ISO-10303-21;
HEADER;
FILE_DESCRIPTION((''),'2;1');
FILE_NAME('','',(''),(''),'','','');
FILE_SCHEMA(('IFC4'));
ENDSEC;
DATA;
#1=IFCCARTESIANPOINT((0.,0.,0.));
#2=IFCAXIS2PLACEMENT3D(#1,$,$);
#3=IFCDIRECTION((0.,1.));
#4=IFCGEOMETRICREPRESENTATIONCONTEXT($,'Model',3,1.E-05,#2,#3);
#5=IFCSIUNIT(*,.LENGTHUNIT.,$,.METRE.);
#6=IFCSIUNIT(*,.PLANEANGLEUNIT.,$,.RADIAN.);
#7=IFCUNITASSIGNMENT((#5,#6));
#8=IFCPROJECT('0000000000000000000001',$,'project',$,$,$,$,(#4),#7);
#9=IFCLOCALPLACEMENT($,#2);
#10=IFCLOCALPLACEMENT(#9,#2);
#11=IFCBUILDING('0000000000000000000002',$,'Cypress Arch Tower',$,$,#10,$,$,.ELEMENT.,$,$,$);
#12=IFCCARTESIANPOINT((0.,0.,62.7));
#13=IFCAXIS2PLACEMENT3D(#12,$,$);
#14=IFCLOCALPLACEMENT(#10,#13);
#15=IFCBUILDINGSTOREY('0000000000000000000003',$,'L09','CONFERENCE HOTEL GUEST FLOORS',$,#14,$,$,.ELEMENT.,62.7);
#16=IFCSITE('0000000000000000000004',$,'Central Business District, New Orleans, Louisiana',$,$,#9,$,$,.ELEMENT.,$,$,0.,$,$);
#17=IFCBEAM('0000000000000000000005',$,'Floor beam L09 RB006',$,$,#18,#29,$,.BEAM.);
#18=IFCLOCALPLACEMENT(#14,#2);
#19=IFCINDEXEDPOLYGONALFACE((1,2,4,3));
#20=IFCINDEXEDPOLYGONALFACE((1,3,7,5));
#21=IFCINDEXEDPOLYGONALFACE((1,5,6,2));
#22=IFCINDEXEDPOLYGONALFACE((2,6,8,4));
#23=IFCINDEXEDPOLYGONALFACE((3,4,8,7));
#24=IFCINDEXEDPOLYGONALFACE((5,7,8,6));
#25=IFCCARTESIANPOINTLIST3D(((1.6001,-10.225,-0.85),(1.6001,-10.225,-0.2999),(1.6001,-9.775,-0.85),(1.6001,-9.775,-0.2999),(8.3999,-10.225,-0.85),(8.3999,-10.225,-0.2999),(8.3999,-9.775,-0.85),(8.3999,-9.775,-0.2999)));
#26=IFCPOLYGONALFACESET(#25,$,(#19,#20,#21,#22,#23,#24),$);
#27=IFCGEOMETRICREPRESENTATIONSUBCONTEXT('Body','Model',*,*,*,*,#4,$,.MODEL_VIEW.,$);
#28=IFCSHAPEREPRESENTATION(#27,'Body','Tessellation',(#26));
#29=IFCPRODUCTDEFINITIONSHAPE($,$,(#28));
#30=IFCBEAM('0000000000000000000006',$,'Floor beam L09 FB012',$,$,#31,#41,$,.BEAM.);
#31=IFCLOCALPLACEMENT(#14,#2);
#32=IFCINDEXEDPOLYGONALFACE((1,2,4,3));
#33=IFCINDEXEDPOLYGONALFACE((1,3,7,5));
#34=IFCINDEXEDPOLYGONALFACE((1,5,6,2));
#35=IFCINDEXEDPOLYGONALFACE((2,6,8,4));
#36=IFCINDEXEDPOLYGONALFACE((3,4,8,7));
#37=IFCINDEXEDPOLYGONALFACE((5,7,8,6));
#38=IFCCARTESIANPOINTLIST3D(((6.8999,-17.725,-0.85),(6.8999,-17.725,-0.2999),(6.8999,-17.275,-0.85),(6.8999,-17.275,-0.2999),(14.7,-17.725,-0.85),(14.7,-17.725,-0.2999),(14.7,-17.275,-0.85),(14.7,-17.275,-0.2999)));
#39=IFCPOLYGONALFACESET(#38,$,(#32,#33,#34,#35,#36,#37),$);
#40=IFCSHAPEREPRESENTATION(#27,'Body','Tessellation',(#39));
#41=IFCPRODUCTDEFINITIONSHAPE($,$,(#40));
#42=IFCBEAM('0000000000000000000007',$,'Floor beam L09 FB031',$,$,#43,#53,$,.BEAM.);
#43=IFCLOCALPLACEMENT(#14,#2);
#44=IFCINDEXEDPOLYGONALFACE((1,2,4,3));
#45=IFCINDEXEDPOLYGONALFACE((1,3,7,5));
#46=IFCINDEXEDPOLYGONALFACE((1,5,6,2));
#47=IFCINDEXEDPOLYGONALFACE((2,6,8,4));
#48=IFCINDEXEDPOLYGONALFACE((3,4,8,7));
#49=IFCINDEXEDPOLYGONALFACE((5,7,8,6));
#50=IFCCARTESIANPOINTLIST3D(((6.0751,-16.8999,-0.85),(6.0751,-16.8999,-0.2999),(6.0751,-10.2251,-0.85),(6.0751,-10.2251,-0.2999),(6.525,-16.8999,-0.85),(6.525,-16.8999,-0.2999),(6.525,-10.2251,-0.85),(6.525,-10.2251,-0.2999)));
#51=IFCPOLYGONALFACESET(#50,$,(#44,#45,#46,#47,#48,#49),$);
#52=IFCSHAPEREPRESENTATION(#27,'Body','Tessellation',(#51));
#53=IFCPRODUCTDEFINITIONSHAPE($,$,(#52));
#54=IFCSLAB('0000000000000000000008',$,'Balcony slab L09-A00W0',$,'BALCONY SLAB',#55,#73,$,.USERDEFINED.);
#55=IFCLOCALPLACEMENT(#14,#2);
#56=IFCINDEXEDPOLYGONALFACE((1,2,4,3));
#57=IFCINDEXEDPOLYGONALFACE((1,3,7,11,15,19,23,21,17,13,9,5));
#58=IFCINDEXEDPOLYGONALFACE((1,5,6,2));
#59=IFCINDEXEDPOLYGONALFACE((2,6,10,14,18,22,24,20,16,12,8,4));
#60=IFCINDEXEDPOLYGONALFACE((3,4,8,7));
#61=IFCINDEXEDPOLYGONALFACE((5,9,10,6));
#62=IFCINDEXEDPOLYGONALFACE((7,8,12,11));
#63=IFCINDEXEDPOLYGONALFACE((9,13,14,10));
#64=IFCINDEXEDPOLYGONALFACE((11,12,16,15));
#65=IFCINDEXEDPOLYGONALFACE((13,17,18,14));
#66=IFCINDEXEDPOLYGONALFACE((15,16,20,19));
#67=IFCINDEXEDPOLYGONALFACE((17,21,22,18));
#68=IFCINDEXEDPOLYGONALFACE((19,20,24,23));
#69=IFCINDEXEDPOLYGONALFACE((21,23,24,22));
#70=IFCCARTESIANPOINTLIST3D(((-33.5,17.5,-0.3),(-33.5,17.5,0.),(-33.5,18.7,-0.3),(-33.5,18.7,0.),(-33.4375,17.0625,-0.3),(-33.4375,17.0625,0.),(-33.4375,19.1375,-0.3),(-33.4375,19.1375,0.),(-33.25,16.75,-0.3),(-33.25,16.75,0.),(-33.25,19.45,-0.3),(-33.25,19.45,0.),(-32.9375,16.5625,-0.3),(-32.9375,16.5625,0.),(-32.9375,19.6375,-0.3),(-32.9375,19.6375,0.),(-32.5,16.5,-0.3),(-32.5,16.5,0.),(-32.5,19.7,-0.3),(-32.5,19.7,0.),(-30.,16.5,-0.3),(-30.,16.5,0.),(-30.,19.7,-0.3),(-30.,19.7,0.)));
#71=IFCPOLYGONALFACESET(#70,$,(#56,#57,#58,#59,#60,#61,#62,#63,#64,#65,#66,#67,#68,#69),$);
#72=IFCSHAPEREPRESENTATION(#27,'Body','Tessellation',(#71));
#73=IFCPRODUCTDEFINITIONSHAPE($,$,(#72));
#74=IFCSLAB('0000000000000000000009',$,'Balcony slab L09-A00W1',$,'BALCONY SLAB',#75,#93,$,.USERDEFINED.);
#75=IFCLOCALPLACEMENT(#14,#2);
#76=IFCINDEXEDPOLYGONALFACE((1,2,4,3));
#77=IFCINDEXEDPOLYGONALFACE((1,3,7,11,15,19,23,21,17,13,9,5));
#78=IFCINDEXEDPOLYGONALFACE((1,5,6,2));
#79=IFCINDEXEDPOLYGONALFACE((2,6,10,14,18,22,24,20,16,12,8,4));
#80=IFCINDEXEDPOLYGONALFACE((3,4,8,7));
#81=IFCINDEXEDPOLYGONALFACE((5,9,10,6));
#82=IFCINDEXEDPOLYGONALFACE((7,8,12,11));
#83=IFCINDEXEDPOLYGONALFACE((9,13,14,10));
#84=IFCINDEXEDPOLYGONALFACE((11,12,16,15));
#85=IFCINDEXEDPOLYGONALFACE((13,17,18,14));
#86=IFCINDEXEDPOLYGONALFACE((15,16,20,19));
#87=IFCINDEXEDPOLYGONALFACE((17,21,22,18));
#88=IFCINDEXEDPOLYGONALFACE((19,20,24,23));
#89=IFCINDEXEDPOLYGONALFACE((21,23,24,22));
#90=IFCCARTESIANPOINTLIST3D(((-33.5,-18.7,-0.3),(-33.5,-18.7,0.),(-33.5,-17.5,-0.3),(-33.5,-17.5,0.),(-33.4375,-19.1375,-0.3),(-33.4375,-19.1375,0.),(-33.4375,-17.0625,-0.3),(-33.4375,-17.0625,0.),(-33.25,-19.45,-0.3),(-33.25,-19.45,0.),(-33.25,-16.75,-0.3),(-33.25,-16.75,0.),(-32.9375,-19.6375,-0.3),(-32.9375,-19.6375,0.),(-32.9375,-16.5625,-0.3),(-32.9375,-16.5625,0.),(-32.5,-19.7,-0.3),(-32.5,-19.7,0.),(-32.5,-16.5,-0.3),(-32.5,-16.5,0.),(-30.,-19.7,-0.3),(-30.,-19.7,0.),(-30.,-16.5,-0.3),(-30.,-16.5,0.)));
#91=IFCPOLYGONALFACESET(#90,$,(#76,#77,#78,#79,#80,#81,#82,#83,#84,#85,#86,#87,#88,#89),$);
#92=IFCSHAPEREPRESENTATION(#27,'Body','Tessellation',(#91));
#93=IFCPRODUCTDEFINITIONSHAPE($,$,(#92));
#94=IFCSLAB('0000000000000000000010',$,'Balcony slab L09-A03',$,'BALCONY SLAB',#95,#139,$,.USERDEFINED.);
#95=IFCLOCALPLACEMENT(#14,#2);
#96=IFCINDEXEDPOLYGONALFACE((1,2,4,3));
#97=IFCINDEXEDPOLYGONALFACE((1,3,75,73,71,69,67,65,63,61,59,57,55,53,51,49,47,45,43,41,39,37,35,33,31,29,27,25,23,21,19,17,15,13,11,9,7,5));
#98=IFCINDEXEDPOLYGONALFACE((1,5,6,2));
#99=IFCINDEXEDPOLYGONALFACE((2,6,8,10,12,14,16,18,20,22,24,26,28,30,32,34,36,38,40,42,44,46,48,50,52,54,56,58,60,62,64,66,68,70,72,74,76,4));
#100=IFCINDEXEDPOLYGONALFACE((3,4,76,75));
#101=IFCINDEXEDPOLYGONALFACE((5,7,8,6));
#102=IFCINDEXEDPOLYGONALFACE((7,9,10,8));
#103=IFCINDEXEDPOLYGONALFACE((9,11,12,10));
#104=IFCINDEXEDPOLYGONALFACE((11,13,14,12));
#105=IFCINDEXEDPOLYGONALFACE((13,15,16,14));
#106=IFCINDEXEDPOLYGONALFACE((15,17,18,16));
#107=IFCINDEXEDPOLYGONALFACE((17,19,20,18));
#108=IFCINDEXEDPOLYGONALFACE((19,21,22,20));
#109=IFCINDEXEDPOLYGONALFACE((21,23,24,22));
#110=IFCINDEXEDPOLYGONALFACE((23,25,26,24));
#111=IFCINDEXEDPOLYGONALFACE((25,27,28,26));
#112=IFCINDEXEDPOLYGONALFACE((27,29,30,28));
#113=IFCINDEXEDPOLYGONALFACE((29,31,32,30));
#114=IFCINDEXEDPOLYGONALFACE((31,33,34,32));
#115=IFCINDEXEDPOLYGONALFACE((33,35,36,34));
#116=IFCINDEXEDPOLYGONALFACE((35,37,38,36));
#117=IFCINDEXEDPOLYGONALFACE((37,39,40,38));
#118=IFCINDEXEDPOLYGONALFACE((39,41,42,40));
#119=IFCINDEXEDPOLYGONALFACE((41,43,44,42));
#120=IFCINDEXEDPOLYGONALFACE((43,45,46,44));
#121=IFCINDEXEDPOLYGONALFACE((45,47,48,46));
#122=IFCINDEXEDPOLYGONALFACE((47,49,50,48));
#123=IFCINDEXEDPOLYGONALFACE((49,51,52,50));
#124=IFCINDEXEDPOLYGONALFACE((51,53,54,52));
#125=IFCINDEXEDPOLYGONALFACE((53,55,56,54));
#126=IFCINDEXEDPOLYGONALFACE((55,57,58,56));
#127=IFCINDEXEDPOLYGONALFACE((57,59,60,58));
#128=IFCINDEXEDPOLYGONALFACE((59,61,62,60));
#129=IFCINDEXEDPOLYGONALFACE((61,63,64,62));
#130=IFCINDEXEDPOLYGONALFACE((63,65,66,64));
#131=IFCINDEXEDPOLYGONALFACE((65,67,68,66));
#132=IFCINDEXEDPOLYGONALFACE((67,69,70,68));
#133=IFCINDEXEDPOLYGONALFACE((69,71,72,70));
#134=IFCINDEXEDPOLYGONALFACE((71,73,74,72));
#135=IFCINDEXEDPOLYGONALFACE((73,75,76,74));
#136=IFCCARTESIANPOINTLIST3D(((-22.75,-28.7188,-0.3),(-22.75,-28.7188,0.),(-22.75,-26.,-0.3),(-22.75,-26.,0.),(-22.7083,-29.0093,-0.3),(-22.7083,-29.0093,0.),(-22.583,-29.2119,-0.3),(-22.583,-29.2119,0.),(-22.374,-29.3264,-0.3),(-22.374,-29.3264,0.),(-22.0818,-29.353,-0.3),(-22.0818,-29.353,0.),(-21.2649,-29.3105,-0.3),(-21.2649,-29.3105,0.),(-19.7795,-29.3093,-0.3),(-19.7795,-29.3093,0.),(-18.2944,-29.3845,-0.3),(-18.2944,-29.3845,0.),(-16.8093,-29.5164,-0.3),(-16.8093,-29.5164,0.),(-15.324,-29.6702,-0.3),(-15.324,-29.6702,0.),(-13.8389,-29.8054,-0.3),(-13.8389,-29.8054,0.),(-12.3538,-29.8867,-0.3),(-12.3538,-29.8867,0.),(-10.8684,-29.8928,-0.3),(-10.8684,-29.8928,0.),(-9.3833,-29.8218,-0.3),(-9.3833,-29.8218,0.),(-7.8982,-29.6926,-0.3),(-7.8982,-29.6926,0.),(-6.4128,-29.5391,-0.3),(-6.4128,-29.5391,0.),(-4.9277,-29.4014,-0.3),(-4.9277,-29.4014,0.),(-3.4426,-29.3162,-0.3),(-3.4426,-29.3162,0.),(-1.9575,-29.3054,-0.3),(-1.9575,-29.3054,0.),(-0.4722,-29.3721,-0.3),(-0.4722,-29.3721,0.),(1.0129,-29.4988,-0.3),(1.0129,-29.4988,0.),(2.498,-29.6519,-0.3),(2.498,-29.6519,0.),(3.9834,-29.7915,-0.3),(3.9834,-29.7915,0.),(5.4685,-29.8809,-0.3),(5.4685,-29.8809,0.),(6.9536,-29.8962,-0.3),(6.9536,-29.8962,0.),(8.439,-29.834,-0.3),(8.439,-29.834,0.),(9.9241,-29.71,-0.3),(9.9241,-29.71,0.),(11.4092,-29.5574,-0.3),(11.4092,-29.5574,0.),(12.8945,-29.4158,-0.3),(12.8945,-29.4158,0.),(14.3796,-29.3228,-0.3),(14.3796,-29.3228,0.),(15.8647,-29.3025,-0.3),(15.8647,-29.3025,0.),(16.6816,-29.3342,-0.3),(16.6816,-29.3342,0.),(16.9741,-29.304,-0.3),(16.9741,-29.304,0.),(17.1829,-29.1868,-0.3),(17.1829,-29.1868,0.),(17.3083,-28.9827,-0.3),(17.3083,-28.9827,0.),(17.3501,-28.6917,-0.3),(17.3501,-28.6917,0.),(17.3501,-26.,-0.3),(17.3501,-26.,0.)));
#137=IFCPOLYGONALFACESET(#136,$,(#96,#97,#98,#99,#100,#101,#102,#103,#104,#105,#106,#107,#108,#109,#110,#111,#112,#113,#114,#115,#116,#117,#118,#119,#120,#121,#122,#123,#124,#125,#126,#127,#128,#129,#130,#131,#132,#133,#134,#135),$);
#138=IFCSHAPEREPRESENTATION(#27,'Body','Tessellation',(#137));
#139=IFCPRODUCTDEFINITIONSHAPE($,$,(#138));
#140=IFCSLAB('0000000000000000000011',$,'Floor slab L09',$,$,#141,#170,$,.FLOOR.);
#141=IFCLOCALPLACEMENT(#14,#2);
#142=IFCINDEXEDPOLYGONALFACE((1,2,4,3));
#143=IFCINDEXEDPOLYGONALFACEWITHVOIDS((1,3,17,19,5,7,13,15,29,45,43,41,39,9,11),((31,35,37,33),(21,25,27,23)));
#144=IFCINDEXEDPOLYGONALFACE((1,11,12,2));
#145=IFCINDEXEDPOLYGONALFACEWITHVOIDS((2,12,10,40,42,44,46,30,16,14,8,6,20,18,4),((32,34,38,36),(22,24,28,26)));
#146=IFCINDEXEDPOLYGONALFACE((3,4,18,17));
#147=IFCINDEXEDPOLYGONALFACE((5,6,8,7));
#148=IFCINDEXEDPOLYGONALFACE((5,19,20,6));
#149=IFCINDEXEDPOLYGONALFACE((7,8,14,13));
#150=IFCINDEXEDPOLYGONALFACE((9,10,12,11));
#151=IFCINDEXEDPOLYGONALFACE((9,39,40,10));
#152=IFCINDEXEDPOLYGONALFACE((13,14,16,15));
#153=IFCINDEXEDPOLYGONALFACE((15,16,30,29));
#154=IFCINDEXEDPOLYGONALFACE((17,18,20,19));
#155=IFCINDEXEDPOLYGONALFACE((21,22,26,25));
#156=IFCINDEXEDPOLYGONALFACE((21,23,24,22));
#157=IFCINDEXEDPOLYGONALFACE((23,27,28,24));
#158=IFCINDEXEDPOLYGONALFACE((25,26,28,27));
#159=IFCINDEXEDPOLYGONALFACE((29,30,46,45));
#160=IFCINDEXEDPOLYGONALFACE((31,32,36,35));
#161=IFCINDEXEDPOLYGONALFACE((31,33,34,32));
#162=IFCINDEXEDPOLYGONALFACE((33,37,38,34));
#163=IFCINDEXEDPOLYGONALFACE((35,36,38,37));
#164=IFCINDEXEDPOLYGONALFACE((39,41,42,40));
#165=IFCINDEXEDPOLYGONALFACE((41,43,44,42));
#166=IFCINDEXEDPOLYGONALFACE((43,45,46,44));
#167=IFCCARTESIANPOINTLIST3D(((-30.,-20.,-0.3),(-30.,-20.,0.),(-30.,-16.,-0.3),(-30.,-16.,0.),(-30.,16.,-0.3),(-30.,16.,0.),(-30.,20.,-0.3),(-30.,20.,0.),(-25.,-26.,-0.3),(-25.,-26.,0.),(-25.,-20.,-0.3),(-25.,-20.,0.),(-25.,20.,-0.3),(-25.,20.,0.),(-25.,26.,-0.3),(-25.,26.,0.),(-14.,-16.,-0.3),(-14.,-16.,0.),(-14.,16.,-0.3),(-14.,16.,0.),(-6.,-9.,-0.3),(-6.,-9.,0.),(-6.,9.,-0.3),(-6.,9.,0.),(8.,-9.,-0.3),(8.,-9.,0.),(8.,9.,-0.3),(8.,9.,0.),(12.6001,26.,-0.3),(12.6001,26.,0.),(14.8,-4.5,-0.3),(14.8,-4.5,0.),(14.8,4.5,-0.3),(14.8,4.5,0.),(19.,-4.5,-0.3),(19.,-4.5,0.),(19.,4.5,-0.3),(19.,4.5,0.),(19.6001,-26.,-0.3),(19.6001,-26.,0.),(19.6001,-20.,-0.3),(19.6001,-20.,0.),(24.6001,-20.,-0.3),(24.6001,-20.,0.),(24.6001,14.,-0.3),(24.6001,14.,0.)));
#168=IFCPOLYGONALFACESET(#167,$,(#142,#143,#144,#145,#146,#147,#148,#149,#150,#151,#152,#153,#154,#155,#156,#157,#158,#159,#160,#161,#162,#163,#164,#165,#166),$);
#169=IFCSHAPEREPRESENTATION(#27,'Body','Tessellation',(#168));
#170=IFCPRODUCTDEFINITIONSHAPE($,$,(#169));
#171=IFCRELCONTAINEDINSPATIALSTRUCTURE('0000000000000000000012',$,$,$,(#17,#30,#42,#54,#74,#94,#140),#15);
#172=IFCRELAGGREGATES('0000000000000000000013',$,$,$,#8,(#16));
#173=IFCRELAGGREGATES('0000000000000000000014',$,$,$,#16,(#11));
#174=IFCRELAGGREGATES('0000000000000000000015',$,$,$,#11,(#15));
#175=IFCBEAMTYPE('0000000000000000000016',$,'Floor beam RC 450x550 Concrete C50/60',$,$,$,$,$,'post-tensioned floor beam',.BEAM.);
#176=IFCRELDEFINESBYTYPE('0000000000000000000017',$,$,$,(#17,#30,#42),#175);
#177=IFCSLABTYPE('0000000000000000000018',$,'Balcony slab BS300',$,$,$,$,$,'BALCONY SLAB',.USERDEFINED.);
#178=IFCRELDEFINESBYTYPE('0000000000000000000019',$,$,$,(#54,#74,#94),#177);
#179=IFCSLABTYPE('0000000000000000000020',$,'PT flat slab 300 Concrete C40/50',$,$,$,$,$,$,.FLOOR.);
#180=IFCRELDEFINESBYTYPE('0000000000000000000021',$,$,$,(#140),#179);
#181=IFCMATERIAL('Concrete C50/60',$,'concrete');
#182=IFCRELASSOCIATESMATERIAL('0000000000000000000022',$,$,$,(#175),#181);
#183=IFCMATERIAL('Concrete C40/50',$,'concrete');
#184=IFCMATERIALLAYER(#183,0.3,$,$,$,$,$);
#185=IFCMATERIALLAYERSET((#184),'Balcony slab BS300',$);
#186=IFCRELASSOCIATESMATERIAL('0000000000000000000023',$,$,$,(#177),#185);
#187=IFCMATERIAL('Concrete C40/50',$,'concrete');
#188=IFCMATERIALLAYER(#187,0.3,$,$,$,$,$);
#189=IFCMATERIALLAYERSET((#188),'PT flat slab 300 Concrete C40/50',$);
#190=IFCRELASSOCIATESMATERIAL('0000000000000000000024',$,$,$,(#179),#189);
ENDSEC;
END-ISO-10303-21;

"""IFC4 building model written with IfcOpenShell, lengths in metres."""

from ifc_helpers import new_model, si_unit, direction, frame, origin, origin_2d, place, context, subcontext, project, spatial, polyline, rectangle, outline, extrude, material, layer, layer_set, material_profile, profile_set, type_object, element, save


model = new_model("IFC4")

# Units and contexts
model_context = context("Model", 3, precision=1e-05, world=origin(), true_north=direction((0.0, 1.0)))
body_context = subcontext(model_context, "Body", "Model", "MODEL_VIEW")
ifc_project = project(units=[si_unit("LENGTHUNIT", "METRE"), si_unit("PLANEANGLEUNIT", "RADIAN")], contexts=[model_context])

# Site, building, storey
site_placement = place(None, origin())
site = spatial("IfcSite", under=ifc_project, at=site_placement, Name="Central Business District, New Orleans, Louisiana", CompositionType="ELEMENT", RefElevation=0.0)
building_placement = place(site_placement, origin())
building = spatial("IfcBuilding", under=site, at=building_placement, Name="Cypress Arch Tower", CompositionType="ELEMENT")
storey_placement = place(building_placement, frame((0.0, 0.0, 62.7)))
storey = spatial("IfcBuildingStorey", under=building, at=storey_placement, Name="L09", Description="CONFERENCE HOTEL GUEST FLOORS", CompositionType="ELEMENT", Elevation=62.7)

# Beams
ifc_material_1 = material(Name="Concrete C50/60", Category="concrete")
ifc_material_profile_1 = material_profile(ifc_material_1, rectangle(XDim=0.45, YDim=0.55, at=origin_2d()), Name="RC 450x550")
ifc_profile_set_1 = profile_set([ifc_material_profile_1], Name="Concrete C50/60")
beam_type_1 = type_object("IfcBeamType", Name="Floor beam RC 450x550 Concrete C50/60", ElementType="post-tensioned floor beam", PredefinedType="BEAM", material=ifc_profile_set_1)
beam_1_placement = place(storey_placement, frame((1.6001, -10.0, -0.575), z_axis=(1.0, 0.0, 0.0), x_axis=(0.0, 1.0, 0.0)))
element("IfcBeam", 1, at=beam_1_placement, inside=storey, type_object=beam_type_1, Name="Floor beam L09 RB006", PredefinedType="BEAM", context=body_context, shape_type="SweptSolid", body=[
    extrude(rectangle(XDim=0.45, YDim=0.55, at=origin_2d()), origin(), (0.0, 0.0, 1.0), 6.7998),
])
beam_2_placement = place(storey_placement, frame((6.8999, -17.5, -0.575), z_axis=(1.0, 0.0, 0.0), x_axis=(0.0, 1.0, 0.0)))
element("IfcBeam", 2, at=beam_2_placement, inside=storey, type_object=beam_type_1, Name="Floor beam L09 FB012", PredefinedType="BEAM", context=body_context, shape_type="SweptSolid", body=[
    extrude(rectangle(XDim=0.45, YDim=0.55, at=origin_2d()), origin(), (0.0, 0.0, 1.0), 7.8),
])
beam_3_placement = place(storey_placement, frame((6.3, -16.8999, -0.575), z_axis=(0.0, 1.0, 0.0), x_axis=(-1.0, 0.0, 0.0)))
element("IfcBeam", 3, at=beam_3_placement, inside=storey, type_object=beam_type_1, Name="Floor beam L09 FB031", PredefinedType="BEAM", context=body_context, shape_type="SweptSolid", body=[
    extrude(rectangle(XDim=0.45, YDim=0.55, at=origin_2d()), origin(), (0.0, 0.0, 1.0), 6.6748),
])

# Slabs
ifc_material_2 = material(Name="Concrete C40/50", Category="concrete")
ifc_layer_1 = layer(ifc_material_2, 0.3)
ifc_layer_set_1 = layer_set([ifc_layer_1], Name="Balcony slab BS300")
slab_type_1 = type_object("IfcSlabType", Name="Balcony slab BS300", ElementType="BALCONY SLAB", PredefinedType="USERDEFINED", material=ifc_layer_set_1)
slab_1_placement = place(storey_placement, frame((0.0, 0.0, -0.3)))
element("IfcSlab", 4, at=slab_1_placement, inside=storey, type_object=slab_type_1, Name="Balcony slab L09-A00W0", ObjectType="BALCONY SLAB", PredefinedType="USERDEFINED", context=body_context, shape_type="SweptSolid", body=[
    extrude(outline(polyline([(-30.0, 19.7), (-32.5, 19.7), (-32.9375, 19.6375), (-33.25, 19.45), (-33.4375, 19.1375), (-33.5, 18.7), (-33.5, 17.5), (-33.4375, 17.0625), (-33.25, 16.75), (-32.9375, 16.5625), (-32.5, 16.5), (-30.0, 16.5), (-30.0, 19.7)])), origin(), (0.0, 0.0, 1.0), 0.3),
])
slab_2_placement = place(storey_placement, frame((0.0, 0.0, -0.3)))
element("IfcSlab", 5, at=slab_2_placement, inside=storey, type_object=slab_type_1, Name="Balcony slab L09-A00W1", ObjectType="BALCONY SLAB", PredefinedType="USERDEFINED", context=body_context, shape_type="SweptSolid", body=[
    extrude(outline(polyline([(-30.0, -16.5), (-32.5, -16.5), (-32.9375, -16.5625), (-33.25, -16.75), (-33.4375, -17.0625), (-33.5, -17.5), (-33.5, -18.7), (-33.4375, -19.1375), (-33.25, -19.45), (-32.9375, -19.6375), (-32.5, -19.7), (-30.0, -19.7), (-30.0, -16.5)])), origin(), (0.0, 0.0, 1.0), 0.3),
])
slab_3_placement = place(storey_placement, frame((0.0, 0.0, -0.3)))
element("IfcSlab", 6, at=slab_3_placement, inside=storey, type_object=slab_type_1, Name="Balcony slab L09-A03", ObjectType="BALCONY SLAB", PredefinedType="USERDEFINED", context=body_context, shape_type="SweptSolid", body=[
    extrude(outline(polyline([(-22.75, -26.0), (-22.75, -28.7188), (-22.7083, -29.0093), (-22.583, -29.2119), (-22.374, -29.3264), (-22.0818, -29.353), (-21.2649, -29.3105), (-19.7795, -29.3093), (-18.2944, -29.3845), (-16.8093, -29.5164), (-15.324, -29.6702), (-13.8389, -29.8054), (-12.3538, -29.8867), (-10.8684, -29.8928), (-9.3833, -29.8218), (-7.8982, -29.6926), (-6.4128, -29.5391), (-4.9277, -29.4014), (-3.4426, -29.3162), (-1.9575, -29.3054), (-0.4722, -29.3721), (1.0129, -29.4988), (2.498, -29.6519), (3.9834, -29.7915), (5.4685, -29.8809), (6.9536, -29.8962), (8.439, -29.834), (9.9241, -29.71), (11.4092, -29.5574), (12.8945, -29.4158), (14.3796, -29.3228), (15.8647, -29.3025), (16.6816, -29.3342), (16.9741, -29.304), (17.1829, -29.1868), (17.3083, -28.9827), (17.3501, -28.6917), (17.3501, -26.0), (-22.75, -26.0)])), origin(), (0.0, 0.0, 1.0), 0.3),
])
ifc_material_3 = material(Name="Concrete C40/50", Category="concrete")
ifc_layer_2 = layer(ifc_material_3, 0.3)
ifc_layer_set_2 = layer_set([ifc_layer_2], Name="PT flat slab 300 Concrete C40/50")
slab_type_2 = type_object("IfcSlabType", Name="PT flat slab 300 Concrete C40/50", PredefinedType="FLOOR", material=ifc_layer_set_2)
slab_4_placement = place(storey_placement, frame((0.0, 0.0, -0.3)))
element("IfcSlab", 7, at=slab_4_placement, inside=storey, type_object=slab_type_2, Name="Floor slab L09", PredefinedType="FLOOR", context=body_context, shape_type="SweptSolid", body=[
    extrude(outline(polyline([(-30.0, 20.0), (-25.0, 20.0), (-25.0, 26.0), (12.6001, 26.0), (24.6001, 14.0), (24.6001, -20.0), (19.6001, -20.0), (19.6001, -26.0), (-25.0, -26.0), (-25.0, -20.0), (-30.0, -20.0), (-30.0, -16.0), (-14.0, -16.0), (-14.0, 16.0), (-30.0, 16.0), (-30.0, 20.0)]), holes=[polyline([(-6.0, -9.0), (8.0, -9.0), (8.0, 9.0), (-6.0, 9.0), (-6.0, -9.0)]), polyline([(14.8, -4.5), (19.0, -4.5), (19.0, 4.5), (14.8, 4.5), (14.8, -4.5)])]), origin(), (0.0, 0.0, 1.0), 0.3),
])

save(model, "model.ifc")
